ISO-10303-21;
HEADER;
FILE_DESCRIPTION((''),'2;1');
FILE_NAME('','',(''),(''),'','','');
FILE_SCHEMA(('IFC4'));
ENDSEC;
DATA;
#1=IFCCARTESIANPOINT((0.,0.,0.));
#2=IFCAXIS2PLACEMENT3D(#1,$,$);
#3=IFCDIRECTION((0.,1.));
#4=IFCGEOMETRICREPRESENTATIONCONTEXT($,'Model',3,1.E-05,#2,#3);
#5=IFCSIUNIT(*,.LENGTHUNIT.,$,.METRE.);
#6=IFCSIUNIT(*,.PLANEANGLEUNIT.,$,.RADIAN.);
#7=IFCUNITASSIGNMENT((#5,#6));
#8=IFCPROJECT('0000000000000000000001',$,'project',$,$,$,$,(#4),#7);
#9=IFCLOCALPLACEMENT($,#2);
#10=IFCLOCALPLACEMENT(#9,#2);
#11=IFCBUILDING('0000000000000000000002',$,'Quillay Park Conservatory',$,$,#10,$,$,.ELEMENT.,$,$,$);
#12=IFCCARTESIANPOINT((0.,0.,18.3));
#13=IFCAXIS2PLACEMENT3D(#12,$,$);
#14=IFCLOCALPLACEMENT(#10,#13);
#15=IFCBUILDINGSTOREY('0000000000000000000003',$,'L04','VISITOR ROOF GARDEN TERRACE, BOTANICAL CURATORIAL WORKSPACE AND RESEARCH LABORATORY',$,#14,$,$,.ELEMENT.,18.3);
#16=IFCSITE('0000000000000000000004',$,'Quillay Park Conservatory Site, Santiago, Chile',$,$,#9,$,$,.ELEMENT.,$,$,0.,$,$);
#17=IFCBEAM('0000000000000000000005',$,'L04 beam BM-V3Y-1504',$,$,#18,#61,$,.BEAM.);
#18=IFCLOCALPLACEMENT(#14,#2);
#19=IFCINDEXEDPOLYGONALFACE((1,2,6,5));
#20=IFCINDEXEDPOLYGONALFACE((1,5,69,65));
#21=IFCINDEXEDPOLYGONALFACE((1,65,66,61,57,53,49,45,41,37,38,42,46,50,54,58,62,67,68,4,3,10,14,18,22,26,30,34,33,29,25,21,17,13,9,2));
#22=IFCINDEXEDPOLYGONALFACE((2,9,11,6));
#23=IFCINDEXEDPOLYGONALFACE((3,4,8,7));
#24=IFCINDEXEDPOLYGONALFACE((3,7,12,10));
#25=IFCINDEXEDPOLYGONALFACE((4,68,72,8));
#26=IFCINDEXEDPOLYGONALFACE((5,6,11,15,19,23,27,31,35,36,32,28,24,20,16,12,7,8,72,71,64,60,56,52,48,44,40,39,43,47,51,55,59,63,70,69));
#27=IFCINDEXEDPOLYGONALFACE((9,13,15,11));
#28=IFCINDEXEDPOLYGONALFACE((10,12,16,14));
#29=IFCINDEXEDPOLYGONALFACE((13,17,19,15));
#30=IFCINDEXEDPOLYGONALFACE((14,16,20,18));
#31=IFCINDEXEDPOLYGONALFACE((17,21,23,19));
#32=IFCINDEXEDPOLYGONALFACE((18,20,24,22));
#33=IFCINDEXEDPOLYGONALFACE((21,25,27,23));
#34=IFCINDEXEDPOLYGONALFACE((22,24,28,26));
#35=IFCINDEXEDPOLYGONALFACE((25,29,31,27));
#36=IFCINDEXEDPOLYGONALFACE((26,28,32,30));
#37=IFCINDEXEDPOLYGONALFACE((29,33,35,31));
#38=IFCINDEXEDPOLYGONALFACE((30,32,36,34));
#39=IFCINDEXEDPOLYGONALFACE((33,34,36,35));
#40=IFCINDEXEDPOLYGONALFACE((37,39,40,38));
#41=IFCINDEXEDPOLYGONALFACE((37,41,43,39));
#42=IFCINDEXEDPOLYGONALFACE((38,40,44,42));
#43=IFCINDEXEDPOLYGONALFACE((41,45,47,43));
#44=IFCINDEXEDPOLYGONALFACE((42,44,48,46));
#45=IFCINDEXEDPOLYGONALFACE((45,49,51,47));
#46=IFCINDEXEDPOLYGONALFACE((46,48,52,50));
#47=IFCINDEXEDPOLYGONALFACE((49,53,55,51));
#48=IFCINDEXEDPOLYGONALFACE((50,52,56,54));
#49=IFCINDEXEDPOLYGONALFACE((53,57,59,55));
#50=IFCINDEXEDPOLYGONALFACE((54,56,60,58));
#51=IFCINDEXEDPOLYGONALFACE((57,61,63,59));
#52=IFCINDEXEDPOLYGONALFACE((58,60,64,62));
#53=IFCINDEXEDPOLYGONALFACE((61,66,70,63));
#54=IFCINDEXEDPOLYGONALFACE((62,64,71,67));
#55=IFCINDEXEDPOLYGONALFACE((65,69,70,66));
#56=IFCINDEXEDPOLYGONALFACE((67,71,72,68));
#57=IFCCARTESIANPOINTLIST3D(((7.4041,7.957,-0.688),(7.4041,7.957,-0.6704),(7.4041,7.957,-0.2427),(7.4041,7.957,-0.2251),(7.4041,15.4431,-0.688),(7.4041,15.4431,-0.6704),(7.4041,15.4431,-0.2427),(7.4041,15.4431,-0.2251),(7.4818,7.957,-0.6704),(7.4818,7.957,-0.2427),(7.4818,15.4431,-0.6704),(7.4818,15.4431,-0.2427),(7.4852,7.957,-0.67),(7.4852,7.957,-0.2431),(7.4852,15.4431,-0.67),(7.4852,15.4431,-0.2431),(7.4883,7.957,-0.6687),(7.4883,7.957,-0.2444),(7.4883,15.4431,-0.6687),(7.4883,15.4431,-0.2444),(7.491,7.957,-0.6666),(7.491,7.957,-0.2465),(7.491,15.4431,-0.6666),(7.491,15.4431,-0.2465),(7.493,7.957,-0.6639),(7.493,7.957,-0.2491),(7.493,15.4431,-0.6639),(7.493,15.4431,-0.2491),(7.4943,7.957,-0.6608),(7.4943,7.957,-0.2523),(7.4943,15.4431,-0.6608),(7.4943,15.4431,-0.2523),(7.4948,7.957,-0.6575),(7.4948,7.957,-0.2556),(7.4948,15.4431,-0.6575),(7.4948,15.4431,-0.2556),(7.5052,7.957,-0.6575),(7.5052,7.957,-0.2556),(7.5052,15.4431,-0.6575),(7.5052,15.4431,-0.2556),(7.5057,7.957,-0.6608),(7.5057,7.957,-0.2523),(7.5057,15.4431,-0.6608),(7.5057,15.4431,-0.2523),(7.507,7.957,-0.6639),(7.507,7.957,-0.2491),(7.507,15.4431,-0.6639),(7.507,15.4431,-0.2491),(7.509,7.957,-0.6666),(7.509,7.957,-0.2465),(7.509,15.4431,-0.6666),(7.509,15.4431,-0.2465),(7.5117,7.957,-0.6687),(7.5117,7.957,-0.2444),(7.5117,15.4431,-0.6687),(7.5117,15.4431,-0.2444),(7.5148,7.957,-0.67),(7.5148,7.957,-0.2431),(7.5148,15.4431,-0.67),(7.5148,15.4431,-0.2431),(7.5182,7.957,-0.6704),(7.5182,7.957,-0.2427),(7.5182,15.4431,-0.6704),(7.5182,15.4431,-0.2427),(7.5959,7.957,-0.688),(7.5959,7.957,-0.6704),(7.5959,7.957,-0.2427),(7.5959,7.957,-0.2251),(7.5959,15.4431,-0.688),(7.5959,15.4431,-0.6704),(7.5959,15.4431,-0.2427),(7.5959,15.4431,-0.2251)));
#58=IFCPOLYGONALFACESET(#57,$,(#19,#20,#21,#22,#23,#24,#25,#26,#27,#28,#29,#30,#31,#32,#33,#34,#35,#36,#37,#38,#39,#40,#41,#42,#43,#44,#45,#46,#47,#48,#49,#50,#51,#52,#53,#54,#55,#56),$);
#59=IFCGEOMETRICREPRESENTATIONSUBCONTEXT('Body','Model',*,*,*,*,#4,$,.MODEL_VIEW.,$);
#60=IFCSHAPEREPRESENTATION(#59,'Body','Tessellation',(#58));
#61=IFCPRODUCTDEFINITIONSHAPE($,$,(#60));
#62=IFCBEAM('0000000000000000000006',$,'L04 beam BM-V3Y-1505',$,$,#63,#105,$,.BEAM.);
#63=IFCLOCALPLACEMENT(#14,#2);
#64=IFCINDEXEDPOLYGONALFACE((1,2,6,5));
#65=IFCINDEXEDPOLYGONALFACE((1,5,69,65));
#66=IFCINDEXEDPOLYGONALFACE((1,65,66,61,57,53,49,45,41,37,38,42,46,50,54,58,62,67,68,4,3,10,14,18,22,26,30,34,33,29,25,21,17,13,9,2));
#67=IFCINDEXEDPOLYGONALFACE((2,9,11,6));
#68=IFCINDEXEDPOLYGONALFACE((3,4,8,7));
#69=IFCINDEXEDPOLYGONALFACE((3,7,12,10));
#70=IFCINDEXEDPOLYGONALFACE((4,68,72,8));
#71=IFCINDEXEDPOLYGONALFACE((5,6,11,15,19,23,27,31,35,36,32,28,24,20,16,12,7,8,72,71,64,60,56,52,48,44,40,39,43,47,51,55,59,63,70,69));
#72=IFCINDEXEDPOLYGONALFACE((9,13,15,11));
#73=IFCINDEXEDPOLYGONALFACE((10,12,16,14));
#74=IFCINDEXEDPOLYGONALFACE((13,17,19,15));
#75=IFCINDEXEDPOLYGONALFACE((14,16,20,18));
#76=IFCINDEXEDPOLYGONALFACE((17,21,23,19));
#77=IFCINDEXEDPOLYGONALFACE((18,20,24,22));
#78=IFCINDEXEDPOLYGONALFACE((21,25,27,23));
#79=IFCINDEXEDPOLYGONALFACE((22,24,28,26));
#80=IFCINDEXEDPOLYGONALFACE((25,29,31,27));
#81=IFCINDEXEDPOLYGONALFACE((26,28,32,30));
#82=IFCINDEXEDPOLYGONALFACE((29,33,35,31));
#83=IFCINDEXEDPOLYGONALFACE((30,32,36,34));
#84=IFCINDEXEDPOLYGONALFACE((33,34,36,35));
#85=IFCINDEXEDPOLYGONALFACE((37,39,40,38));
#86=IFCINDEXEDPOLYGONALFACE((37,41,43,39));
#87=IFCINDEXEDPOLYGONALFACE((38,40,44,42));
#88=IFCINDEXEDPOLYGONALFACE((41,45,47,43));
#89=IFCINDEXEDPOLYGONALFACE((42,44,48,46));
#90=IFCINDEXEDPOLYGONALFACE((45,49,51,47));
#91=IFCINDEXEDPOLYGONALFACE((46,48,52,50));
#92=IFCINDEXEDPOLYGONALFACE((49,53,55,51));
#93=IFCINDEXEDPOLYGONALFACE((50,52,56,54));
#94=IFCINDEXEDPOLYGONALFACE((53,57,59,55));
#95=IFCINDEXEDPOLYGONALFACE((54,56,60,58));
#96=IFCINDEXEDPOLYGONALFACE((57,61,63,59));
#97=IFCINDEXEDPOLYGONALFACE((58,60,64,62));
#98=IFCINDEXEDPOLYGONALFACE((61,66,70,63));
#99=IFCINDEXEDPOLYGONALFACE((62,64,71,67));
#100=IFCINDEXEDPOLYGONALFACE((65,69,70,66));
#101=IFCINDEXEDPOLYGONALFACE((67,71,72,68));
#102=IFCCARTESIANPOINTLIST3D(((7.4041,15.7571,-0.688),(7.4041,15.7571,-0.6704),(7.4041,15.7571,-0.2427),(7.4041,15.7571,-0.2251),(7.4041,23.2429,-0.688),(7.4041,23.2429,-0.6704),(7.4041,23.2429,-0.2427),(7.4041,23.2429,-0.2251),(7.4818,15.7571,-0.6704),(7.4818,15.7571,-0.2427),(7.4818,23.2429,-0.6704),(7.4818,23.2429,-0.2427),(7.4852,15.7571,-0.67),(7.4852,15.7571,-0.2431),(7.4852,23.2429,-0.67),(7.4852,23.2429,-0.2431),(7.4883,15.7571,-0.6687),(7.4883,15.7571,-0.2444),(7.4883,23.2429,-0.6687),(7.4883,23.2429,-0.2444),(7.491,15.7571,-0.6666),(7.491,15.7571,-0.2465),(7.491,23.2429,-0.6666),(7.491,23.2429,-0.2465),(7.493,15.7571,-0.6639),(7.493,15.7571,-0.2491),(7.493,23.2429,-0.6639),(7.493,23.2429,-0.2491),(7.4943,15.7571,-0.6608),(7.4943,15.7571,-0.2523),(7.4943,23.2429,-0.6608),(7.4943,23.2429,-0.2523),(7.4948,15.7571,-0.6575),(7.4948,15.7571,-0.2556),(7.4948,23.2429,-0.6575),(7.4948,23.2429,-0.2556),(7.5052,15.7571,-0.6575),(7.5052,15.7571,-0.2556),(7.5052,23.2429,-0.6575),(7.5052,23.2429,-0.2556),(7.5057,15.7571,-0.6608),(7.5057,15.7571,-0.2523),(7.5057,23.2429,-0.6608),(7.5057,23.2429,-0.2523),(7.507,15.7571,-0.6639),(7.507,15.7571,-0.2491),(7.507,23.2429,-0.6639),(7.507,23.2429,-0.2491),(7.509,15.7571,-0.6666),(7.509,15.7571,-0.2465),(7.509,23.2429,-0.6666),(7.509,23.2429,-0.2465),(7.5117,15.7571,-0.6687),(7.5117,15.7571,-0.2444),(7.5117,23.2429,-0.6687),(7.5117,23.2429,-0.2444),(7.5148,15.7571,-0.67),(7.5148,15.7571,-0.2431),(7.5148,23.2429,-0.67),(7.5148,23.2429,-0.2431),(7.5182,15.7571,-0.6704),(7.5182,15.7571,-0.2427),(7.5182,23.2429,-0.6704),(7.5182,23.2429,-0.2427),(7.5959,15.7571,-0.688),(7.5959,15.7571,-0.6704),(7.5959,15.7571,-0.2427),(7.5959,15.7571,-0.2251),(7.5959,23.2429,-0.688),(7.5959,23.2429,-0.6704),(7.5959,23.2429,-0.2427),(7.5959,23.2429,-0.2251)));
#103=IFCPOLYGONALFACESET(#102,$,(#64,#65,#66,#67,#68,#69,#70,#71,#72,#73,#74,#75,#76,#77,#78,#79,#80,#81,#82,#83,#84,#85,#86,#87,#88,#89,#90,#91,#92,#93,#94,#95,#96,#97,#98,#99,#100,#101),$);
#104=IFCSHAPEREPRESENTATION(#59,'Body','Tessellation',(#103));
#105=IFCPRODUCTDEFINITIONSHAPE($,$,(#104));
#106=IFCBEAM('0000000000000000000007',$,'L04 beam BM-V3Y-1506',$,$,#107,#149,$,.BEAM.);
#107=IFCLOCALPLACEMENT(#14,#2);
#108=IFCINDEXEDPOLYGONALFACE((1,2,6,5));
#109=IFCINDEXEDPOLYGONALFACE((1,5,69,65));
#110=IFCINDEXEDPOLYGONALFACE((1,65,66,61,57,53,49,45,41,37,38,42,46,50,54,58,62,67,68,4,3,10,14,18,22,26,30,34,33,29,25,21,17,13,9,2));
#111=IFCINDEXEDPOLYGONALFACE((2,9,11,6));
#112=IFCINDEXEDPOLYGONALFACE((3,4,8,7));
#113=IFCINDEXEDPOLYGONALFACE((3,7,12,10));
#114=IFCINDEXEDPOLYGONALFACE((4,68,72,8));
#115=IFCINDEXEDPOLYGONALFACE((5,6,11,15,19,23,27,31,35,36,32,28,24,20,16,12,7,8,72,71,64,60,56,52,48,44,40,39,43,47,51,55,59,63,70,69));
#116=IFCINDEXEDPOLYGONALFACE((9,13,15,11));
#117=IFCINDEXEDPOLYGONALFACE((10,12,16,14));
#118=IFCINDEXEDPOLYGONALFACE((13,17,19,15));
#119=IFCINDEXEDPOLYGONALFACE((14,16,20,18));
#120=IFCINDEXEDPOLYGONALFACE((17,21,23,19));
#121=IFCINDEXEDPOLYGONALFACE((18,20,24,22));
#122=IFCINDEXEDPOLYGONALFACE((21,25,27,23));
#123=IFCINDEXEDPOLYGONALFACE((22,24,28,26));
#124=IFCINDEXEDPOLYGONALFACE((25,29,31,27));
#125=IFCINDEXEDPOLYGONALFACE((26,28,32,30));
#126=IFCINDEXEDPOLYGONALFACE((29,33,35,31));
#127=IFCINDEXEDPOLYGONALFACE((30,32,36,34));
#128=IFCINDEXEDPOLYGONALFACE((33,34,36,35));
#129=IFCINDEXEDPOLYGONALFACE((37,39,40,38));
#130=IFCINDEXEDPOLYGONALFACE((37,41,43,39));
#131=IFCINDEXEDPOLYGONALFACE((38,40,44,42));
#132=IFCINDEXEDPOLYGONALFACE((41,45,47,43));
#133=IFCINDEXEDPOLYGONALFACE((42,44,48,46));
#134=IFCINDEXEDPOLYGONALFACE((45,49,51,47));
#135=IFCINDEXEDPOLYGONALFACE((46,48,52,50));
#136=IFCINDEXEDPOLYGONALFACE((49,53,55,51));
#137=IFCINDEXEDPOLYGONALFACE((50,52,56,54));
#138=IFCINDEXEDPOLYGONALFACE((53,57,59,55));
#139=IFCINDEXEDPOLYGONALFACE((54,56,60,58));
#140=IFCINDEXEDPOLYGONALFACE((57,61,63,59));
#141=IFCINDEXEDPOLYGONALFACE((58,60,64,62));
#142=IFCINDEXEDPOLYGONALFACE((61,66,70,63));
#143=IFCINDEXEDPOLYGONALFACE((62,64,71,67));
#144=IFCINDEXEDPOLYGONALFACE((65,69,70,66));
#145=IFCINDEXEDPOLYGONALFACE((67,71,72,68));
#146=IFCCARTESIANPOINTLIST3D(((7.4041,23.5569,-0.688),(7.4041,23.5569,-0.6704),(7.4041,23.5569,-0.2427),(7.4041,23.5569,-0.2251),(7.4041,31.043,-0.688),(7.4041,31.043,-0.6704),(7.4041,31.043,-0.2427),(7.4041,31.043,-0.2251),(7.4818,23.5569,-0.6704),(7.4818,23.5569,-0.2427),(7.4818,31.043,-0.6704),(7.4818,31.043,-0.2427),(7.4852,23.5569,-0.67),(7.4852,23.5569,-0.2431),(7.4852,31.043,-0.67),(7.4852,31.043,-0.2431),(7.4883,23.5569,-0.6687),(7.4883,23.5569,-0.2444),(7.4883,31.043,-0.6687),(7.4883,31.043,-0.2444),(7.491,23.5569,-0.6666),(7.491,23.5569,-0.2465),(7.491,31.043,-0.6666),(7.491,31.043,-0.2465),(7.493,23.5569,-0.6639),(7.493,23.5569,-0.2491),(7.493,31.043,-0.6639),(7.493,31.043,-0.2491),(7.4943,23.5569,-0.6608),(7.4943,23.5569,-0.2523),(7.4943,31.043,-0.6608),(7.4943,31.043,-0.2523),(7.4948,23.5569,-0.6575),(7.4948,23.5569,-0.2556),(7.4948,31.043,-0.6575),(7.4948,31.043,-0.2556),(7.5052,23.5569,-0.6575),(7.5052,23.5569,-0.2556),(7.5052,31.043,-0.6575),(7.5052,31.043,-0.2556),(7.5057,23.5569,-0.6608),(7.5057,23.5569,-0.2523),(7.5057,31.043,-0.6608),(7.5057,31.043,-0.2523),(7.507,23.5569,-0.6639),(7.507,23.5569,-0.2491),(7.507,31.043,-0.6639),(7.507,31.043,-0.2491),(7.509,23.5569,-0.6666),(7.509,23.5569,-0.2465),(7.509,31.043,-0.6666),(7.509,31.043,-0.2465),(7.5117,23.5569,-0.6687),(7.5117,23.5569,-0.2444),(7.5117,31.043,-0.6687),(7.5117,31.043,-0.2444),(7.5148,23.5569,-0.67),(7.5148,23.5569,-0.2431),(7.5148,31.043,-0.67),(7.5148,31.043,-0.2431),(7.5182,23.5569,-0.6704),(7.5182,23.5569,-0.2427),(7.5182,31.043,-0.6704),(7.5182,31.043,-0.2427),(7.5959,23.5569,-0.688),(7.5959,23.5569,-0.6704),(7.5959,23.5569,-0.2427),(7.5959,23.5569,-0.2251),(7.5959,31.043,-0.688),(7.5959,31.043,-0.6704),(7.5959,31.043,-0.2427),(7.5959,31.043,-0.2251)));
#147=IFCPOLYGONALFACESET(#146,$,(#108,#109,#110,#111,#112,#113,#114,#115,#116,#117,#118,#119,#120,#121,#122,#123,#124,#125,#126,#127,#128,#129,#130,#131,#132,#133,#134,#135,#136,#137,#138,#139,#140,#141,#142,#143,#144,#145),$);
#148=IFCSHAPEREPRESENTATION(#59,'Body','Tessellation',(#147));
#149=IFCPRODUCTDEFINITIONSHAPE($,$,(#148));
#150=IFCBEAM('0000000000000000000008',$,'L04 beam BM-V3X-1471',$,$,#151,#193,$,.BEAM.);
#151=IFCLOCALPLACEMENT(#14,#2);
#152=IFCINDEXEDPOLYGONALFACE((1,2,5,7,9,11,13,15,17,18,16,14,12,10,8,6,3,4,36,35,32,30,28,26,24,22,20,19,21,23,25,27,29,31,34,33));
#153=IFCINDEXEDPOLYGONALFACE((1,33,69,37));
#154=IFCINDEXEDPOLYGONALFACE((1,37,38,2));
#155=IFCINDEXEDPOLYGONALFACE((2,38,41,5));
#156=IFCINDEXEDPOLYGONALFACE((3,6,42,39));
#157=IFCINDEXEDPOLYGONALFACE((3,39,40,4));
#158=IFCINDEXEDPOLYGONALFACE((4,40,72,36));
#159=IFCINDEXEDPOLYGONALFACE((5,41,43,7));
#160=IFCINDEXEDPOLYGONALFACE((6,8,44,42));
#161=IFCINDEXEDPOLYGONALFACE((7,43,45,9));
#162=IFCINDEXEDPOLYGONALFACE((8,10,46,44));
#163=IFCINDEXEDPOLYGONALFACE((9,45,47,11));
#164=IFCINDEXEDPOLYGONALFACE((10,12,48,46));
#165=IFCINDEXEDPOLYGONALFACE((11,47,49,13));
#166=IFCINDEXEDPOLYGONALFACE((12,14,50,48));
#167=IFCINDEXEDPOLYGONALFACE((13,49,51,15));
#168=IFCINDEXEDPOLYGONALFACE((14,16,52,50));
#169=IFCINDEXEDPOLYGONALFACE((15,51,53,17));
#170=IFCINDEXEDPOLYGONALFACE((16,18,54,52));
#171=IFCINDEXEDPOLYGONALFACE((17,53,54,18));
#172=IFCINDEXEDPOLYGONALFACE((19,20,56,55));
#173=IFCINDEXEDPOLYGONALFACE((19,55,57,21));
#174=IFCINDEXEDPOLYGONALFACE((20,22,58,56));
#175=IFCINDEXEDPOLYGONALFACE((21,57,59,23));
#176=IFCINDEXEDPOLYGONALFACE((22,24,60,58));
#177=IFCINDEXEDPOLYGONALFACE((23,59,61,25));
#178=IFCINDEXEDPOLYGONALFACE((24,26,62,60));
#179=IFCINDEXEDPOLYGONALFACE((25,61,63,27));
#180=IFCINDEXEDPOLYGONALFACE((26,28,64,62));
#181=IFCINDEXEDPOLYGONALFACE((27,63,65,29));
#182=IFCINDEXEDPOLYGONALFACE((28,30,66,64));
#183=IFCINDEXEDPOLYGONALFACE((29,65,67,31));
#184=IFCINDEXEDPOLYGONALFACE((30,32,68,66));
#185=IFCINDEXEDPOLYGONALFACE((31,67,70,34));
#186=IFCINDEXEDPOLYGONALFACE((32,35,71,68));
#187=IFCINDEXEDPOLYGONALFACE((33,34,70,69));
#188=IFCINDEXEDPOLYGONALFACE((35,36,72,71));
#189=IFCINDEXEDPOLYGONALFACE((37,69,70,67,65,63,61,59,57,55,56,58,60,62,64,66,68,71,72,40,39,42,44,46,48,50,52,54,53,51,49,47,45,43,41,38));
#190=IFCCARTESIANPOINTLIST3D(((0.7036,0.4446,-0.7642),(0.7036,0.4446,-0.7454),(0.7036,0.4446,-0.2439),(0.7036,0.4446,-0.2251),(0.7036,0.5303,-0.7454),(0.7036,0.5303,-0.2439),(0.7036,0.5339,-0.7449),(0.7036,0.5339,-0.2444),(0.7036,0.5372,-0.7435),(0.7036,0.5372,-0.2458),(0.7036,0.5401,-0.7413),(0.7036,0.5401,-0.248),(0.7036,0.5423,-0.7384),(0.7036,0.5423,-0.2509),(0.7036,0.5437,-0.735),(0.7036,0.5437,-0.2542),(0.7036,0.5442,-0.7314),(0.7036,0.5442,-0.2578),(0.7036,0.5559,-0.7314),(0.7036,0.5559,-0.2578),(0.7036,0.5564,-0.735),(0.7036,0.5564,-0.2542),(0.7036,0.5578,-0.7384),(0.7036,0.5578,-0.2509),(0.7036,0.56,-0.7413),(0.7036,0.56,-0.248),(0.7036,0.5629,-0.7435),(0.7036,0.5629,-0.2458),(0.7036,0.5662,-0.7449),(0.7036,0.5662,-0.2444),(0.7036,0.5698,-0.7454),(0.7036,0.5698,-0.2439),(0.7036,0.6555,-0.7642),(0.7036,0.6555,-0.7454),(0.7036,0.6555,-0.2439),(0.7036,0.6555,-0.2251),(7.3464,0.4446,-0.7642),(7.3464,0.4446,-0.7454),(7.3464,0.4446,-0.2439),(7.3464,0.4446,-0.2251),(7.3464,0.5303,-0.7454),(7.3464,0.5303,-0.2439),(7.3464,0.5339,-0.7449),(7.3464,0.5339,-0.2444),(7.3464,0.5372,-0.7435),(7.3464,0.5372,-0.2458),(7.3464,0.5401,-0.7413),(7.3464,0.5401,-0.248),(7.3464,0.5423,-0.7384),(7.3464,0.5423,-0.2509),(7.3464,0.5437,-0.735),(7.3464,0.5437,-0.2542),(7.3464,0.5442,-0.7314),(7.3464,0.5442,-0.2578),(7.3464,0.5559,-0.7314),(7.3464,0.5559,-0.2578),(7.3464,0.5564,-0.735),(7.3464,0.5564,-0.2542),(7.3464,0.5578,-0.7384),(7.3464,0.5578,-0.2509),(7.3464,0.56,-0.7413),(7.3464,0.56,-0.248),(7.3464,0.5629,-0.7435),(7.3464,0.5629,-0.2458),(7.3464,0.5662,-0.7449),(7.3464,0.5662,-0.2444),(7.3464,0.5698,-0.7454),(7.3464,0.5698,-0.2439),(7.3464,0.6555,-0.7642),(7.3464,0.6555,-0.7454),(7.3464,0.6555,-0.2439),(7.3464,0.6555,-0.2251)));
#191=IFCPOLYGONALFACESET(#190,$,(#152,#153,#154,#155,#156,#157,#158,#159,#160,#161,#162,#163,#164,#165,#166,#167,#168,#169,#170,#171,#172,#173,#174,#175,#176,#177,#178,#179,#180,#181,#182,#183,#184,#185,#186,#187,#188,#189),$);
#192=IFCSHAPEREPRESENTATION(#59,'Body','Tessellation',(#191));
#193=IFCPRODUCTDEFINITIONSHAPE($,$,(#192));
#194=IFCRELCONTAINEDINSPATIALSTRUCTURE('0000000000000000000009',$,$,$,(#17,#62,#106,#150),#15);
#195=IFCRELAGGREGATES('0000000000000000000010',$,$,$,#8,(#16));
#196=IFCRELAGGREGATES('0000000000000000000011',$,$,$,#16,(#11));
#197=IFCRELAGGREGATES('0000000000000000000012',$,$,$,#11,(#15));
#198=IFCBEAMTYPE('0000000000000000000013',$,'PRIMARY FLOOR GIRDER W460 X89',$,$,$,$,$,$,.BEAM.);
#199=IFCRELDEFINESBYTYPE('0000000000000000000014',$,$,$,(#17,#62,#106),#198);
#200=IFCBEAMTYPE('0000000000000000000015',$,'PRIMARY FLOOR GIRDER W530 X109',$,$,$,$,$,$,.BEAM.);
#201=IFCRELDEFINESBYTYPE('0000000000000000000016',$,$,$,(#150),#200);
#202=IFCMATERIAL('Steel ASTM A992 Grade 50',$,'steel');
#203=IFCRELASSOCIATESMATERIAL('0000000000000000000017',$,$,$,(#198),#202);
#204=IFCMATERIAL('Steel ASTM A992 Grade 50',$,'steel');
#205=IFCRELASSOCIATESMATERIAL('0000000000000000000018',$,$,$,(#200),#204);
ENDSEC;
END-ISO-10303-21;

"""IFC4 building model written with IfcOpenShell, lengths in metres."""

from ifc_helpers import new_model, si_unit, direction, frame, origin, origin_2d, place, context, subcontext, project, spatial, i_section, extrude, material, material_profile, profile_set, type_object, element, save


model = new_model("IFC4")

# Units and contexts
model_context = context("Model", 3, precision=1e-05, world=origin(), true_north=direction((0.0, 1.0)))
body_context = subcontext(model_context, "Body", "Model", "MODEL_VIEW")
ifc_project = project(units=[si_unit("LENGTHUNIT", "METRE"), si_unit("PLANEANGLEUNIT", "RADIAN")], contexts=[model_context])

# Site, building, storey
site_placement = place(None, origin())
site = spatial("IfcSite", under=ifc_project, at=site_placement, Name="Quillay Park Conservatory Site, Santiago, Chile", CompositionType="ELEMENT", RefElevation=0.0)
building_placement = place(site_placement, origin())
building = spatial("IfcBuilding", under=site, at=building_placement, Name="Quillay Park Conservatory", CompositionType="ELEMENT")
storey_placement = place(building_placement, frame((0.0, 0.0, 18.3)))
storey = spatial("IfcBuildingStorey", under=building, at=storey_placement, Name="L04", Description="VISITOR ROOF GARDEN TERRACE, BOTANICAL CURATORIAL WORKSPACE AND RESEARCH LABORATORY", CompositionType="ELEMENT", Elevation=18.3)

# Beams
ifc_material_1 = material(Name="Steel ASTM A992 Grade 50", Category="steel")
ifc_material_profile_1 = material_profile(ifc_material_1, i_section(OverallWidth=0.1919, OverallDepth=0.4629, WebThickness=0.0105, FlangeThickness=0.0176, FilletRadius=0.0129, at=origin_2d()), Name="W460x89")
ifc_profile_set_1 = profile_set([ifc_material_profile_1], Name="Steel ASTM A992 Grade 50")
beam_type_1 = type_object("IfcBeamType", Name="PRIMARY FLOOR GIRDER W460 X89", PredefinedType="BEAM", material=ifc_profile_set_1)
beam_1_placement = place(storey_placement, frame((7.5, 7.957, -0.4565), z_axis=(0.0, 1.0, 0.0), x_axis=(-1.0, 0.0, 0.0)))
element("IfcBeam", 1, at=beam_1_placement, inside=storey, type_object=beam_type_1, Name="L04 beam BM-V3Y-1504", PredefinedType="BEAM", context=body_context, shape_type="SweptSolid", body=[
    extrude(i_section(OverallWidth=0.1919, OverallDepth=0.4629, WebThickness=0.0105, FlangeThickness=0.0176, FilletRadius=0.0129, at=origin_2d()), origin(), (0.0, 0.0, 1.0), 7.4861),
])
beam_2_placement = place(storey_placement, frame((7.5, 15.7571, -0.4565), z_axis=(0.0, 1.0, 0.0), x_axis=(-1.0, 0.0, 0.0)))
element("IfcBeam", 2, at=beam_2_placement, inside=storey, type_object=beam_type_1, Name="L04 beam BM-V3Y-1505", PredefinedType="BEAM", context=body_context, shape_type="SweptSolid", body=[
    extrude(i_section(OverallWidth=0.1919, OverallDepth=0.4629, WebThickness=0.0105, FlangeThickness=0.0176, FilletRadius=0.0129, at=origin_2d()), origin(), (0.0, 0.0, 1.0), 7.4858),
])
beam_3_placement = place(storey_placement, frame((7.5, 23.5569, -0.4565), z_axis=(0.0, 1.0, 0.0), x_axis=(-1.0, 0.0, 0.0)))
element("IfcBeam", 3, at=beam_3_placement, inside=storey, type_object=beam_type_1, Name="L04 beam BM-V3Y-1506", PredefinedType="BEAM", context=body_context, shape_type="SweptSolid", body=[
    extrude(i_section(OverallWidth=0.1919, OverallDepth=0.4629, WebThickness=0.0105, FlangeThickness=0.0176, FilletRadius=0.0129, at=origin_2d()), origin(), (0.0, 0.0, 1.0), 7.4861),
])
ifc_material_2 = material(Name="Steel ASTM A992 Grade 50", Category="steel")
ifc_material_profile_2 = material_profile(ifc_material_2, i_section(OverallWidth=0.2109, OverallDepth=0.5391, WebThickness=0.0117, FlangeThickness=0.0188, FilletRadius=0.0139, at=origin_2d()), Name="W530x109")
ifc_profile_set_2 = profile_set([ifc_material_profile_2], Name="Steel ASTM A992 Grade 50")
beam_type_2 = type_object("IfcBeamType", Name="PRIMARY FLOOR GIRDER W530 X109", PredefinedType="BEAM", material=ifc_profile_set_2)
beam_4_placement = place(storey_placement, frame((0.7036, 0.55, -0.4946), z_axis=(1.0, 0.0, 0.0), x_axis=(0.0, 1.0, 0.0)))
element("IfcBeam", 4, at=beam_4_placement, inside=storey, type_object=beam_type_2, Name="L04 beam BM-V3X-1471", PredefinedType="BEAM", context=body_context, shape_type="SweptSolid", body=[
    extrude(i_section(OverallWidth=0.2109, OverallDepth=0.5391, WebThickness=0.0117, FlangeThickness=0.0188, FilletRadius=0.0139, at=origin_2d()), origin(), (0.0, 0.0, 1.0), 6.6428),
])

save(model, "model.ifc")
